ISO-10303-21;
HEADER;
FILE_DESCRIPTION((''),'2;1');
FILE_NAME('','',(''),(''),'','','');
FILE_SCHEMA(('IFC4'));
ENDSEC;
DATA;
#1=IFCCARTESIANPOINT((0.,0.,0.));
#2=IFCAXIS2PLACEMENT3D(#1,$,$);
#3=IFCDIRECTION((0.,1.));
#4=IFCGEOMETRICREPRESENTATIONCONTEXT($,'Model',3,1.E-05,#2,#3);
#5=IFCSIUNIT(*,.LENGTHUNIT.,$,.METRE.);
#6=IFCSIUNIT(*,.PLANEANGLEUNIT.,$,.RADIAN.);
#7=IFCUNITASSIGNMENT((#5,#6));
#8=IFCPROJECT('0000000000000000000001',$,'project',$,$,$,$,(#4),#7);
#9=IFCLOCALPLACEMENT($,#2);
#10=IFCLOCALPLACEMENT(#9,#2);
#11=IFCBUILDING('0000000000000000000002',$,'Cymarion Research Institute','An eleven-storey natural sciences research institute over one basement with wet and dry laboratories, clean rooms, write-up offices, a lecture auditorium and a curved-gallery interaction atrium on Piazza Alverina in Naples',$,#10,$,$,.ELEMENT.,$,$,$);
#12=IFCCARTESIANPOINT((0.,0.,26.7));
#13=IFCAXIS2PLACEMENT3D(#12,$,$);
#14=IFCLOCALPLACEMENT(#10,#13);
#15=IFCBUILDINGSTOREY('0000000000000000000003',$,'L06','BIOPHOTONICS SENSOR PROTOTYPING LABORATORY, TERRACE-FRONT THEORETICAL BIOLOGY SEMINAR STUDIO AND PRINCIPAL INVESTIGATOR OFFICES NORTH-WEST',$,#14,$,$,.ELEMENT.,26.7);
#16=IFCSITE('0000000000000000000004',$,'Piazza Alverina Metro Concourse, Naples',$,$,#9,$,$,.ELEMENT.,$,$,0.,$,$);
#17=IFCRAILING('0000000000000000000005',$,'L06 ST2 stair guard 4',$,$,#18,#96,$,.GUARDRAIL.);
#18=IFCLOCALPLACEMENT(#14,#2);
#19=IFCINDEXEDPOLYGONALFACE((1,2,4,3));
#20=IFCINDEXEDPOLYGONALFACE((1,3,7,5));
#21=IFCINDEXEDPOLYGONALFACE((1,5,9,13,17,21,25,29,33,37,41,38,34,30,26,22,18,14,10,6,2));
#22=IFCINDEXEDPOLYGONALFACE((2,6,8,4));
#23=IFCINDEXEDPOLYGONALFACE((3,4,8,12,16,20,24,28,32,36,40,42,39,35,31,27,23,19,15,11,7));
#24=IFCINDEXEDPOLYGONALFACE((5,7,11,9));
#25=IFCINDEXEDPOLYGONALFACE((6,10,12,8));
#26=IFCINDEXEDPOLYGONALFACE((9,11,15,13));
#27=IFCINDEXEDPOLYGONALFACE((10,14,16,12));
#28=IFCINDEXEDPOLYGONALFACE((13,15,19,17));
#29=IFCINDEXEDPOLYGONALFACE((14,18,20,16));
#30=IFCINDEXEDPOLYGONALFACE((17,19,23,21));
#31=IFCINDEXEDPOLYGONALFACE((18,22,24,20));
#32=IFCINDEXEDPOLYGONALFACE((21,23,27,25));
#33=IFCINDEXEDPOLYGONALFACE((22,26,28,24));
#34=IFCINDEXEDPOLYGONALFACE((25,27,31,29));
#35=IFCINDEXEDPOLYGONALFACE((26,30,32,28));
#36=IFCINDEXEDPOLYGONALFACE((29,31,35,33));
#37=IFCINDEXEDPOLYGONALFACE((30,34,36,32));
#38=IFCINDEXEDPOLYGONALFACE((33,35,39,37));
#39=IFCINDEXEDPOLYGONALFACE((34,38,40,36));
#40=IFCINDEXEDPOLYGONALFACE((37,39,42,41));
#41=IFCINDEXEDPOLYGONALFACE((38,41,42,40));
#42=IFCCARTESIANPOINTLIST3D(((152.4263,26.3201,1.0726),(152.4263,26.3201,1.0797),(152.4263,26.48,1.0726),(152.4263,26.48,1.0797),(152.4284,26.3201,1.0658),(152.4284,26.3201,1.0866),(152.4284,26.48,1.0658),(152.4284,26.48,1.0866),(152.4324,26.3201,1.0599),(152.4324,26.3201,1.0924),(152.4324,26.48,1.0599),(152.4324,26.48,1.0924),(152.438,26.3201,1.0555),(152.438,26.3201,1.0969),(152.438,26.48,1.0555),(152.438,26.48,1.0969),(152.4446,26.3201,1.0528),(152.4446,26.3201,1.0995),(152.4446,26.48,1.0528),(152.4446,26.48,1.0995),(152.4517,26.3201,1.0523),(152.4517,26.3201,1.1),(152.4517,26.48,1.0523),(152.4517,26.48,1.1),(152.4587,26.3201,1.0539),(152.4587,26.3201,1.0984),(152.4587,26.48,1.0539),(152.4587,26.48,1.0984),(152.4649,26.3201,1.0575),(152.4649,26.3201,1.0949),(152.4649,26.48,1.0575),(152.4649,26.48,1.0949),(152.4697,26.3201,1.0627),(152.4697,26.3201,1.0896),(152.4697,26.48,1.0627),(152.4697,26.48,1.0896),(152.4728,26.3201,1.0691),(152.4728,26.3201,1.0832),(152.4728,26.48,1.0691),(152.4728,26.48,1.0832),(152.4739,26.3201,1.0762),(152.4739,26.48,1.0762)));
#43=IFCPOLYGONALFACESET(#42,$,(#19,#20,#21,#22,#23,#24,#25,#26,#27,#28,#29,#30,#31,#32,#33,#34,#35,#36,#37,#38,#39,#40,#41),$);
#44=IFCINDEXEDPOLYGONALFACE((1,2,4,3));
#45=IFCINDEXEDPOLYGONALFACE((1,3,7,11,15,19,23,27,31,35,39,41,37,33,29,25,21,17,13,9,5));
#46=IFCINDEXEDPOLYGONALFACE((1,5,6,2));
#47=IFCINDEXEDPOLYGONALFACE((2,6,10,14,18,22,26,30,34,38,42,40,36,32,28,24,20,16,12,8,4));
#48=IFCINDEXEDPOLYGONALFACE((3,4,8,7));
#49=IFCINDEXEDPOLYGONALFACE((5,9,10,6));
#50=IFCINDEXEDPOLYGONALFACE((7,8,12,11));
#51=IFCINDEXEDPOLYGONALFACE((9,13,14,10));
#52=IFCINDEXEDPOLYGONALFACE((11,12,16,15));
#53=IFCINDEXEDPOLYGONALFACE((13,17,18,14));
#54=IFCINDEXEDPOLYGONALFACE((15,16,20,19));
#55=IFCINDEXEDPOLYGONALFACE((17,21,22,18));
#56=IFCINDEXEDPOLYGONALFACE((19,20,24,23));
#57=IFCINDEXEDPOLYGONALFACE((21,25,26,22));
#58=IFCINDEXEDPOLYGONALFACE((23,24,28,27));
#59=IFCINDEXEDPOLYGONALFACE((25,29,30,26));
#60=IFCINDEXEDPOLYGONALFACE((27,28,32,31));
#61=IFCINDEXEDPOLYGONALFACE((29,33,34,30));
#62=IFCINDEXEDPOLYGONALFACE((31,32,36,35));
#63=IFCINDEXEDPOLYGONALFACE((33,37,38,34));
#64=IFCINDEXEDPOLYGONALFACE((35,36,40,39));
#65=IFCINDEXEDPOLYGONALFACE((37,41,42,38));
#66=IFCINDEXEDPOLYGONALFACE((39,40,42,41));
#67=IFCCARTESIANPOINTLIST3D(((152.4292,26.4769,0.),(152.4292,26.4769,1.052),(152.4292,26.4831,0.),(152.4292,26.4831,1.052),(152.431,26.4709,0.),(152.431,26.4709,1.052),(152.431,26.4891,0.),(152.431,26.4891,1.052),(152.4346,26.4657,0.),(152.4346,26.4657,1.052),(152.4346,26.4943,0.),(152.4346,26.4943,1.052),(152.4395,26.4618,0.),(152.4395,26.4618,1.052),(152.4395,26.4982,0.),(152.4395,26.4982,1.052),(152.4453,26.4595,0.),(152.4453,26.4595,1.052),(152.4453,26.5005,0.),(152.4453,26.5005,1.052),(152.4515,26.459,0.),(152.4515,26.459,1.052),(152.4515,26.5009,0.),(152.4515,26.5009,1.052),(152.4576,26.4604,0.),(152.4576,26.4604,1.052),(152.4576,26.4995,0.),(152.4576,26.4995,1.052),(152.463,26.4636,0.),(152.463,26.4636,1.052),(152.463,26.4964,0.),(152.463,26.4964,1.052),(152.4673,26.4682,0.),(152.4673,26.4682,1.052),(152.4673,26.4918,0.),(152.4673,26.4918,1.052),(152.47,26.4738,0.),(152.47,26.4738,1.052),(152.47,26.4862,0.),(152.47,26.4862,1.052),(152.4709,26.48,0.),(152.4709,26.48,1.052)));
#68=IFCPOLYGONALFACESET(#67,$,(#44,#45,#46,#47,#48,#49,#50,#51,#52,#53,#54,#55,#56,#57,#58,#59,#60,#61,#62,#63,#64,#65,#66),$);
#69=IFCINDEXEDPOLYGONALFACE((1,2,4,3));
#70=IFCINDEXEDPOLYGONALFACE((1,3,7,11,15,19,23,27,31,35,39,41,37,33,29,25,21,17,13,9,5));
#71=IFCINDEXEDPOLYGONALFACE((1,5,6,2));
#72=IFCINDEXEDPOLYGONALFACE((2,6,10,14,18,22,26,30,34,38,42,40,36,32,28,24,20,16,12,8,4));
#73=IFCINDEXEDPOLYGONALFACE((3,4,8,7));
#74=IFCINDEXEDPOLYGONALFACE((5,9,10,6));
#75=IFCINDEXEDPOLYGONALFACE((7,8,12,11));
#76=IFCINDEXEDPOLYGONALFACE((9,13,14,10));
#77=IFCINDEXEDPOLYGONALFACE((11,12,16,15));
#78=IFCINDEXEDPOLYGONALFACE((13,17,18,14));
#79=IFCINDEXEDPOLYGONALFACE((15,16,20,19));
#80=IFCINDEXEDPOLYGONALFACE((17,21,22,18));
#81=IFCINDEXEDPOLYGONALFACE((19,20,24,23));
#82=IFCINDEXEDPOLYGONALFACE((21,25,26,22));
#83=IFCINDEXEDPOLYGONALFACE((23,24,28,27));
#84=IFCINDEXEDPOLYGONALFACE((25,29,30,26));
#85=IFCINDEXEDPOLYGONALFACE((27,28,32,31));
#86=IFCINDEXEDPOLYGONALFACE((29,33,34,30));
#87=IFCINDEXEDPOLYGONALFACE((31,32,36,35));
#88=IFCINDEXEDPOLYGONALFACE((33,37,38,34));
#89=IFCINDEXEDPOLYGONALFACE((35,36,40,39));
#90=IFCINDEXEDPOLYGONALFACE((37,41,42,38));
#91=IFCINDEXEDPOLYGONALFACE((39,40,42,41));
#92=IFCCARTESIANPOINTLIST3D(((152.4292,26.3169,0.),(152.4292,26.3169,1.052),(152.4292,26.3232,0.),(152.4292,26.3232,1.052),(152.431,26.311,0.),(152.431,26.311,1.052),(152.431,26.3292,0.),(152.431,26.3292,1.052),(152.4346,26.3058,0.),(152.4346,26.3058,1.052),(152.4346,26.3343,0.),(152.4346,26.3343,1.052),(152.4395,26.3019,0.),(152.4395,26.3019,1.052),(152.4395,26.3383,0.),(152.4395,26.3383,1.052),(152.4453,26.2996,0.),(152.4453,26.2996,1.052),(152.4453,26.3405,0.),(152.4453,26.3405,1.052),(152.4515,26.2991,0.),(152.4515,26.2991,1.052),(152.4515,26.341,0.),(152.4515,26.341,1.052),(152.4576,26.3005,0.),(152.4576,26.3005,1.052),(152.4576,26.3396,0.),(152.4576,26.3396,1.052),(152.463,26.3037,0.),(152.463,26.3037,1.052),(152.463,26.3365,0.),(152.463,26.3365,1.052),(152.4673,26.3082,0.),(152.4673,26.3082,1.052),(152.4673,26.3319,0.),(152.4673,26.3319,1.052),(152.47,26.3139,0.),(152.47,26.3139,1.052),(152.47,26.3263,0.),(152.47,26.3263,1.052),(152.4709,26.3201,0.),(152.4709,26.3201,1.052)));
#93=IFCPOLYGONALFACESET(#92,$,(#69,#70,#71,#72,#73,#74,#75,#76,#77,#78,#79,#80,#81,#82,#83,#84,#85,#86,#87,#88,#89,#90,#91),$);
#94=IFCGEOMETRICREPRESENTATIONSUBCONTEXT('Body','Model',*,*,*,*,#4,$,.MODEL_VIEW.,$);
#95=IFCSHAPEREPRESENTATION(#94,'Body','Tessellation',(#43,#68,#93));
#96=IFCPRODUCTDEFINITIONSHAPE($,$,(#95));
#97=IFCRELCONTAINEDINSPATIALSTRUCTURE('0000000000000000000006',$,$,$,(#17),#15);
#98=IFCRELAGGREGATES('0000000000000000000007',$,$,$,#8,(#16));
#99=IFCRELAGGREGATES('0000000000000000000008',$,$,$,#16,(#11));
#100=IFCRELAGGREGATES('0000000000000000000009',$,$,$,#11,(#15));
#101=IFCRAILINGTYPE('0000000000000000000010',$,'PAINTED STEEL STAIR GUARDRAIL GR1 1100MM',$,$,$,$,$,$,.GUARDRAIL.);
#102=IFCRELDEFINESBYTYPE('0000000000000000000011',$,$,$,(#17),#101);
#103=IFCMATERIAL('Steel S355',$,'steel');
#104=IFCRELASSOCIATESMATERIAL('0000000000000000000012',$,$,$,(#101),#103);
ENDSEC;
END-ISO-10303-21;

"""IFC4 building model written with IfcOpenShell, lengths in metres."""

from ifc_helpers import new_model, si_unit, direction, frame, origin, origin_2d, place, context, subcontext, project, spatial, circle, extrude, material, type_object, element, save


model = new_model("IFC4")

# Units and contexts
model_context = context("Model", 3, precision=1e-05, world=origin(), true_north=direction((0.0, 1.0)))
body_context = subcontext(model_context, "Body", "Model", "MODEL_VIEW")
ifc_project = project(units=[si_unit("LENGTHUNIT", "METRE"), si_unit("PLANEANGLEUNIT", "RADIAN")], contexts=[model_context])

# Site, building, storey
site_placement = place(None, origin())
site = spatial("IfcSite", under=ifc_project, at=site_placement, Name="Piazza Alverina Metro Concourse, Naples", CompositionType="ELEMENT", RefElevation=0.0)
building_placement = place(site_placement, origin())
building = spatial("IfcBuilding", under=site, at=building_placement, Name="Cymarion Research Institute", Description="An eleven-storey natural sciences research institute over one basement with wet and dry laboratories, clean rooms, write-up offices, a lecture auditorium and a curved-gallery interaction atrium on Piazza Alverina in Naples", CompositionType="ELEMENT")
storey_placement = place(building_placement, frame((0.0, 0.0, 26.7)))
storey = spatial("IfcBuildingStorey", under=building, at=storey_placement, Name="L06", Description="BIOPHOTONICS SENSOR PROTOTYPING LABORATORY, TERRACE-FRONT THEORETICAL BIOLOGY SEMINAR STUDIO AND PRINCIPAL INVESTIGATOR OFFICES NORTH-WEST", CompositionType="ELEMENT", Elevation=26.7)

# Shared definitions
ifc_material_1 = material(Name="Steel S355", Category="steel")

# Railing
railing_type_1 = type_object("IfcRailingType", Name="PAINTED STEEL STAIR GUARDRAIL GR1 1100MM", PredefinedType="GUARDRAIL", material=ifc_material_1)
railing_1_placement = place(storey_placement, frame((152.45, 26.48, 0.0)))
element("IfcRailing", 1, at=railing_1_placement, inside=storey, type_object=railing_type_1, Name="L06 ST2 stair guard 4", PredefinedType="GUARDRAIL", context=body_context, shape_type="SweptSolid", body=[
    extrude(circle(Radius=0.0239, at=origin_2d()), frame((0.0, 0.0, 1.0762), z_axis=(0.0, -1.0, 0.0), x_axis=(1.0, 0.0, 0.0)), (0.0, 0.0, 1.0), 0.1599),
    extrude(circle(Radius=0.021, at=origin_2d()), origin(), (0.0, 0.0, 1.0), 1.052),
    extrude(circle(Radius=0.021, at=origin_2d()), frame((0.0, -0.1599, 0.0)), (0.0, 0.0, 1.0), 1.052),
])

save(model, "model.ifc")
